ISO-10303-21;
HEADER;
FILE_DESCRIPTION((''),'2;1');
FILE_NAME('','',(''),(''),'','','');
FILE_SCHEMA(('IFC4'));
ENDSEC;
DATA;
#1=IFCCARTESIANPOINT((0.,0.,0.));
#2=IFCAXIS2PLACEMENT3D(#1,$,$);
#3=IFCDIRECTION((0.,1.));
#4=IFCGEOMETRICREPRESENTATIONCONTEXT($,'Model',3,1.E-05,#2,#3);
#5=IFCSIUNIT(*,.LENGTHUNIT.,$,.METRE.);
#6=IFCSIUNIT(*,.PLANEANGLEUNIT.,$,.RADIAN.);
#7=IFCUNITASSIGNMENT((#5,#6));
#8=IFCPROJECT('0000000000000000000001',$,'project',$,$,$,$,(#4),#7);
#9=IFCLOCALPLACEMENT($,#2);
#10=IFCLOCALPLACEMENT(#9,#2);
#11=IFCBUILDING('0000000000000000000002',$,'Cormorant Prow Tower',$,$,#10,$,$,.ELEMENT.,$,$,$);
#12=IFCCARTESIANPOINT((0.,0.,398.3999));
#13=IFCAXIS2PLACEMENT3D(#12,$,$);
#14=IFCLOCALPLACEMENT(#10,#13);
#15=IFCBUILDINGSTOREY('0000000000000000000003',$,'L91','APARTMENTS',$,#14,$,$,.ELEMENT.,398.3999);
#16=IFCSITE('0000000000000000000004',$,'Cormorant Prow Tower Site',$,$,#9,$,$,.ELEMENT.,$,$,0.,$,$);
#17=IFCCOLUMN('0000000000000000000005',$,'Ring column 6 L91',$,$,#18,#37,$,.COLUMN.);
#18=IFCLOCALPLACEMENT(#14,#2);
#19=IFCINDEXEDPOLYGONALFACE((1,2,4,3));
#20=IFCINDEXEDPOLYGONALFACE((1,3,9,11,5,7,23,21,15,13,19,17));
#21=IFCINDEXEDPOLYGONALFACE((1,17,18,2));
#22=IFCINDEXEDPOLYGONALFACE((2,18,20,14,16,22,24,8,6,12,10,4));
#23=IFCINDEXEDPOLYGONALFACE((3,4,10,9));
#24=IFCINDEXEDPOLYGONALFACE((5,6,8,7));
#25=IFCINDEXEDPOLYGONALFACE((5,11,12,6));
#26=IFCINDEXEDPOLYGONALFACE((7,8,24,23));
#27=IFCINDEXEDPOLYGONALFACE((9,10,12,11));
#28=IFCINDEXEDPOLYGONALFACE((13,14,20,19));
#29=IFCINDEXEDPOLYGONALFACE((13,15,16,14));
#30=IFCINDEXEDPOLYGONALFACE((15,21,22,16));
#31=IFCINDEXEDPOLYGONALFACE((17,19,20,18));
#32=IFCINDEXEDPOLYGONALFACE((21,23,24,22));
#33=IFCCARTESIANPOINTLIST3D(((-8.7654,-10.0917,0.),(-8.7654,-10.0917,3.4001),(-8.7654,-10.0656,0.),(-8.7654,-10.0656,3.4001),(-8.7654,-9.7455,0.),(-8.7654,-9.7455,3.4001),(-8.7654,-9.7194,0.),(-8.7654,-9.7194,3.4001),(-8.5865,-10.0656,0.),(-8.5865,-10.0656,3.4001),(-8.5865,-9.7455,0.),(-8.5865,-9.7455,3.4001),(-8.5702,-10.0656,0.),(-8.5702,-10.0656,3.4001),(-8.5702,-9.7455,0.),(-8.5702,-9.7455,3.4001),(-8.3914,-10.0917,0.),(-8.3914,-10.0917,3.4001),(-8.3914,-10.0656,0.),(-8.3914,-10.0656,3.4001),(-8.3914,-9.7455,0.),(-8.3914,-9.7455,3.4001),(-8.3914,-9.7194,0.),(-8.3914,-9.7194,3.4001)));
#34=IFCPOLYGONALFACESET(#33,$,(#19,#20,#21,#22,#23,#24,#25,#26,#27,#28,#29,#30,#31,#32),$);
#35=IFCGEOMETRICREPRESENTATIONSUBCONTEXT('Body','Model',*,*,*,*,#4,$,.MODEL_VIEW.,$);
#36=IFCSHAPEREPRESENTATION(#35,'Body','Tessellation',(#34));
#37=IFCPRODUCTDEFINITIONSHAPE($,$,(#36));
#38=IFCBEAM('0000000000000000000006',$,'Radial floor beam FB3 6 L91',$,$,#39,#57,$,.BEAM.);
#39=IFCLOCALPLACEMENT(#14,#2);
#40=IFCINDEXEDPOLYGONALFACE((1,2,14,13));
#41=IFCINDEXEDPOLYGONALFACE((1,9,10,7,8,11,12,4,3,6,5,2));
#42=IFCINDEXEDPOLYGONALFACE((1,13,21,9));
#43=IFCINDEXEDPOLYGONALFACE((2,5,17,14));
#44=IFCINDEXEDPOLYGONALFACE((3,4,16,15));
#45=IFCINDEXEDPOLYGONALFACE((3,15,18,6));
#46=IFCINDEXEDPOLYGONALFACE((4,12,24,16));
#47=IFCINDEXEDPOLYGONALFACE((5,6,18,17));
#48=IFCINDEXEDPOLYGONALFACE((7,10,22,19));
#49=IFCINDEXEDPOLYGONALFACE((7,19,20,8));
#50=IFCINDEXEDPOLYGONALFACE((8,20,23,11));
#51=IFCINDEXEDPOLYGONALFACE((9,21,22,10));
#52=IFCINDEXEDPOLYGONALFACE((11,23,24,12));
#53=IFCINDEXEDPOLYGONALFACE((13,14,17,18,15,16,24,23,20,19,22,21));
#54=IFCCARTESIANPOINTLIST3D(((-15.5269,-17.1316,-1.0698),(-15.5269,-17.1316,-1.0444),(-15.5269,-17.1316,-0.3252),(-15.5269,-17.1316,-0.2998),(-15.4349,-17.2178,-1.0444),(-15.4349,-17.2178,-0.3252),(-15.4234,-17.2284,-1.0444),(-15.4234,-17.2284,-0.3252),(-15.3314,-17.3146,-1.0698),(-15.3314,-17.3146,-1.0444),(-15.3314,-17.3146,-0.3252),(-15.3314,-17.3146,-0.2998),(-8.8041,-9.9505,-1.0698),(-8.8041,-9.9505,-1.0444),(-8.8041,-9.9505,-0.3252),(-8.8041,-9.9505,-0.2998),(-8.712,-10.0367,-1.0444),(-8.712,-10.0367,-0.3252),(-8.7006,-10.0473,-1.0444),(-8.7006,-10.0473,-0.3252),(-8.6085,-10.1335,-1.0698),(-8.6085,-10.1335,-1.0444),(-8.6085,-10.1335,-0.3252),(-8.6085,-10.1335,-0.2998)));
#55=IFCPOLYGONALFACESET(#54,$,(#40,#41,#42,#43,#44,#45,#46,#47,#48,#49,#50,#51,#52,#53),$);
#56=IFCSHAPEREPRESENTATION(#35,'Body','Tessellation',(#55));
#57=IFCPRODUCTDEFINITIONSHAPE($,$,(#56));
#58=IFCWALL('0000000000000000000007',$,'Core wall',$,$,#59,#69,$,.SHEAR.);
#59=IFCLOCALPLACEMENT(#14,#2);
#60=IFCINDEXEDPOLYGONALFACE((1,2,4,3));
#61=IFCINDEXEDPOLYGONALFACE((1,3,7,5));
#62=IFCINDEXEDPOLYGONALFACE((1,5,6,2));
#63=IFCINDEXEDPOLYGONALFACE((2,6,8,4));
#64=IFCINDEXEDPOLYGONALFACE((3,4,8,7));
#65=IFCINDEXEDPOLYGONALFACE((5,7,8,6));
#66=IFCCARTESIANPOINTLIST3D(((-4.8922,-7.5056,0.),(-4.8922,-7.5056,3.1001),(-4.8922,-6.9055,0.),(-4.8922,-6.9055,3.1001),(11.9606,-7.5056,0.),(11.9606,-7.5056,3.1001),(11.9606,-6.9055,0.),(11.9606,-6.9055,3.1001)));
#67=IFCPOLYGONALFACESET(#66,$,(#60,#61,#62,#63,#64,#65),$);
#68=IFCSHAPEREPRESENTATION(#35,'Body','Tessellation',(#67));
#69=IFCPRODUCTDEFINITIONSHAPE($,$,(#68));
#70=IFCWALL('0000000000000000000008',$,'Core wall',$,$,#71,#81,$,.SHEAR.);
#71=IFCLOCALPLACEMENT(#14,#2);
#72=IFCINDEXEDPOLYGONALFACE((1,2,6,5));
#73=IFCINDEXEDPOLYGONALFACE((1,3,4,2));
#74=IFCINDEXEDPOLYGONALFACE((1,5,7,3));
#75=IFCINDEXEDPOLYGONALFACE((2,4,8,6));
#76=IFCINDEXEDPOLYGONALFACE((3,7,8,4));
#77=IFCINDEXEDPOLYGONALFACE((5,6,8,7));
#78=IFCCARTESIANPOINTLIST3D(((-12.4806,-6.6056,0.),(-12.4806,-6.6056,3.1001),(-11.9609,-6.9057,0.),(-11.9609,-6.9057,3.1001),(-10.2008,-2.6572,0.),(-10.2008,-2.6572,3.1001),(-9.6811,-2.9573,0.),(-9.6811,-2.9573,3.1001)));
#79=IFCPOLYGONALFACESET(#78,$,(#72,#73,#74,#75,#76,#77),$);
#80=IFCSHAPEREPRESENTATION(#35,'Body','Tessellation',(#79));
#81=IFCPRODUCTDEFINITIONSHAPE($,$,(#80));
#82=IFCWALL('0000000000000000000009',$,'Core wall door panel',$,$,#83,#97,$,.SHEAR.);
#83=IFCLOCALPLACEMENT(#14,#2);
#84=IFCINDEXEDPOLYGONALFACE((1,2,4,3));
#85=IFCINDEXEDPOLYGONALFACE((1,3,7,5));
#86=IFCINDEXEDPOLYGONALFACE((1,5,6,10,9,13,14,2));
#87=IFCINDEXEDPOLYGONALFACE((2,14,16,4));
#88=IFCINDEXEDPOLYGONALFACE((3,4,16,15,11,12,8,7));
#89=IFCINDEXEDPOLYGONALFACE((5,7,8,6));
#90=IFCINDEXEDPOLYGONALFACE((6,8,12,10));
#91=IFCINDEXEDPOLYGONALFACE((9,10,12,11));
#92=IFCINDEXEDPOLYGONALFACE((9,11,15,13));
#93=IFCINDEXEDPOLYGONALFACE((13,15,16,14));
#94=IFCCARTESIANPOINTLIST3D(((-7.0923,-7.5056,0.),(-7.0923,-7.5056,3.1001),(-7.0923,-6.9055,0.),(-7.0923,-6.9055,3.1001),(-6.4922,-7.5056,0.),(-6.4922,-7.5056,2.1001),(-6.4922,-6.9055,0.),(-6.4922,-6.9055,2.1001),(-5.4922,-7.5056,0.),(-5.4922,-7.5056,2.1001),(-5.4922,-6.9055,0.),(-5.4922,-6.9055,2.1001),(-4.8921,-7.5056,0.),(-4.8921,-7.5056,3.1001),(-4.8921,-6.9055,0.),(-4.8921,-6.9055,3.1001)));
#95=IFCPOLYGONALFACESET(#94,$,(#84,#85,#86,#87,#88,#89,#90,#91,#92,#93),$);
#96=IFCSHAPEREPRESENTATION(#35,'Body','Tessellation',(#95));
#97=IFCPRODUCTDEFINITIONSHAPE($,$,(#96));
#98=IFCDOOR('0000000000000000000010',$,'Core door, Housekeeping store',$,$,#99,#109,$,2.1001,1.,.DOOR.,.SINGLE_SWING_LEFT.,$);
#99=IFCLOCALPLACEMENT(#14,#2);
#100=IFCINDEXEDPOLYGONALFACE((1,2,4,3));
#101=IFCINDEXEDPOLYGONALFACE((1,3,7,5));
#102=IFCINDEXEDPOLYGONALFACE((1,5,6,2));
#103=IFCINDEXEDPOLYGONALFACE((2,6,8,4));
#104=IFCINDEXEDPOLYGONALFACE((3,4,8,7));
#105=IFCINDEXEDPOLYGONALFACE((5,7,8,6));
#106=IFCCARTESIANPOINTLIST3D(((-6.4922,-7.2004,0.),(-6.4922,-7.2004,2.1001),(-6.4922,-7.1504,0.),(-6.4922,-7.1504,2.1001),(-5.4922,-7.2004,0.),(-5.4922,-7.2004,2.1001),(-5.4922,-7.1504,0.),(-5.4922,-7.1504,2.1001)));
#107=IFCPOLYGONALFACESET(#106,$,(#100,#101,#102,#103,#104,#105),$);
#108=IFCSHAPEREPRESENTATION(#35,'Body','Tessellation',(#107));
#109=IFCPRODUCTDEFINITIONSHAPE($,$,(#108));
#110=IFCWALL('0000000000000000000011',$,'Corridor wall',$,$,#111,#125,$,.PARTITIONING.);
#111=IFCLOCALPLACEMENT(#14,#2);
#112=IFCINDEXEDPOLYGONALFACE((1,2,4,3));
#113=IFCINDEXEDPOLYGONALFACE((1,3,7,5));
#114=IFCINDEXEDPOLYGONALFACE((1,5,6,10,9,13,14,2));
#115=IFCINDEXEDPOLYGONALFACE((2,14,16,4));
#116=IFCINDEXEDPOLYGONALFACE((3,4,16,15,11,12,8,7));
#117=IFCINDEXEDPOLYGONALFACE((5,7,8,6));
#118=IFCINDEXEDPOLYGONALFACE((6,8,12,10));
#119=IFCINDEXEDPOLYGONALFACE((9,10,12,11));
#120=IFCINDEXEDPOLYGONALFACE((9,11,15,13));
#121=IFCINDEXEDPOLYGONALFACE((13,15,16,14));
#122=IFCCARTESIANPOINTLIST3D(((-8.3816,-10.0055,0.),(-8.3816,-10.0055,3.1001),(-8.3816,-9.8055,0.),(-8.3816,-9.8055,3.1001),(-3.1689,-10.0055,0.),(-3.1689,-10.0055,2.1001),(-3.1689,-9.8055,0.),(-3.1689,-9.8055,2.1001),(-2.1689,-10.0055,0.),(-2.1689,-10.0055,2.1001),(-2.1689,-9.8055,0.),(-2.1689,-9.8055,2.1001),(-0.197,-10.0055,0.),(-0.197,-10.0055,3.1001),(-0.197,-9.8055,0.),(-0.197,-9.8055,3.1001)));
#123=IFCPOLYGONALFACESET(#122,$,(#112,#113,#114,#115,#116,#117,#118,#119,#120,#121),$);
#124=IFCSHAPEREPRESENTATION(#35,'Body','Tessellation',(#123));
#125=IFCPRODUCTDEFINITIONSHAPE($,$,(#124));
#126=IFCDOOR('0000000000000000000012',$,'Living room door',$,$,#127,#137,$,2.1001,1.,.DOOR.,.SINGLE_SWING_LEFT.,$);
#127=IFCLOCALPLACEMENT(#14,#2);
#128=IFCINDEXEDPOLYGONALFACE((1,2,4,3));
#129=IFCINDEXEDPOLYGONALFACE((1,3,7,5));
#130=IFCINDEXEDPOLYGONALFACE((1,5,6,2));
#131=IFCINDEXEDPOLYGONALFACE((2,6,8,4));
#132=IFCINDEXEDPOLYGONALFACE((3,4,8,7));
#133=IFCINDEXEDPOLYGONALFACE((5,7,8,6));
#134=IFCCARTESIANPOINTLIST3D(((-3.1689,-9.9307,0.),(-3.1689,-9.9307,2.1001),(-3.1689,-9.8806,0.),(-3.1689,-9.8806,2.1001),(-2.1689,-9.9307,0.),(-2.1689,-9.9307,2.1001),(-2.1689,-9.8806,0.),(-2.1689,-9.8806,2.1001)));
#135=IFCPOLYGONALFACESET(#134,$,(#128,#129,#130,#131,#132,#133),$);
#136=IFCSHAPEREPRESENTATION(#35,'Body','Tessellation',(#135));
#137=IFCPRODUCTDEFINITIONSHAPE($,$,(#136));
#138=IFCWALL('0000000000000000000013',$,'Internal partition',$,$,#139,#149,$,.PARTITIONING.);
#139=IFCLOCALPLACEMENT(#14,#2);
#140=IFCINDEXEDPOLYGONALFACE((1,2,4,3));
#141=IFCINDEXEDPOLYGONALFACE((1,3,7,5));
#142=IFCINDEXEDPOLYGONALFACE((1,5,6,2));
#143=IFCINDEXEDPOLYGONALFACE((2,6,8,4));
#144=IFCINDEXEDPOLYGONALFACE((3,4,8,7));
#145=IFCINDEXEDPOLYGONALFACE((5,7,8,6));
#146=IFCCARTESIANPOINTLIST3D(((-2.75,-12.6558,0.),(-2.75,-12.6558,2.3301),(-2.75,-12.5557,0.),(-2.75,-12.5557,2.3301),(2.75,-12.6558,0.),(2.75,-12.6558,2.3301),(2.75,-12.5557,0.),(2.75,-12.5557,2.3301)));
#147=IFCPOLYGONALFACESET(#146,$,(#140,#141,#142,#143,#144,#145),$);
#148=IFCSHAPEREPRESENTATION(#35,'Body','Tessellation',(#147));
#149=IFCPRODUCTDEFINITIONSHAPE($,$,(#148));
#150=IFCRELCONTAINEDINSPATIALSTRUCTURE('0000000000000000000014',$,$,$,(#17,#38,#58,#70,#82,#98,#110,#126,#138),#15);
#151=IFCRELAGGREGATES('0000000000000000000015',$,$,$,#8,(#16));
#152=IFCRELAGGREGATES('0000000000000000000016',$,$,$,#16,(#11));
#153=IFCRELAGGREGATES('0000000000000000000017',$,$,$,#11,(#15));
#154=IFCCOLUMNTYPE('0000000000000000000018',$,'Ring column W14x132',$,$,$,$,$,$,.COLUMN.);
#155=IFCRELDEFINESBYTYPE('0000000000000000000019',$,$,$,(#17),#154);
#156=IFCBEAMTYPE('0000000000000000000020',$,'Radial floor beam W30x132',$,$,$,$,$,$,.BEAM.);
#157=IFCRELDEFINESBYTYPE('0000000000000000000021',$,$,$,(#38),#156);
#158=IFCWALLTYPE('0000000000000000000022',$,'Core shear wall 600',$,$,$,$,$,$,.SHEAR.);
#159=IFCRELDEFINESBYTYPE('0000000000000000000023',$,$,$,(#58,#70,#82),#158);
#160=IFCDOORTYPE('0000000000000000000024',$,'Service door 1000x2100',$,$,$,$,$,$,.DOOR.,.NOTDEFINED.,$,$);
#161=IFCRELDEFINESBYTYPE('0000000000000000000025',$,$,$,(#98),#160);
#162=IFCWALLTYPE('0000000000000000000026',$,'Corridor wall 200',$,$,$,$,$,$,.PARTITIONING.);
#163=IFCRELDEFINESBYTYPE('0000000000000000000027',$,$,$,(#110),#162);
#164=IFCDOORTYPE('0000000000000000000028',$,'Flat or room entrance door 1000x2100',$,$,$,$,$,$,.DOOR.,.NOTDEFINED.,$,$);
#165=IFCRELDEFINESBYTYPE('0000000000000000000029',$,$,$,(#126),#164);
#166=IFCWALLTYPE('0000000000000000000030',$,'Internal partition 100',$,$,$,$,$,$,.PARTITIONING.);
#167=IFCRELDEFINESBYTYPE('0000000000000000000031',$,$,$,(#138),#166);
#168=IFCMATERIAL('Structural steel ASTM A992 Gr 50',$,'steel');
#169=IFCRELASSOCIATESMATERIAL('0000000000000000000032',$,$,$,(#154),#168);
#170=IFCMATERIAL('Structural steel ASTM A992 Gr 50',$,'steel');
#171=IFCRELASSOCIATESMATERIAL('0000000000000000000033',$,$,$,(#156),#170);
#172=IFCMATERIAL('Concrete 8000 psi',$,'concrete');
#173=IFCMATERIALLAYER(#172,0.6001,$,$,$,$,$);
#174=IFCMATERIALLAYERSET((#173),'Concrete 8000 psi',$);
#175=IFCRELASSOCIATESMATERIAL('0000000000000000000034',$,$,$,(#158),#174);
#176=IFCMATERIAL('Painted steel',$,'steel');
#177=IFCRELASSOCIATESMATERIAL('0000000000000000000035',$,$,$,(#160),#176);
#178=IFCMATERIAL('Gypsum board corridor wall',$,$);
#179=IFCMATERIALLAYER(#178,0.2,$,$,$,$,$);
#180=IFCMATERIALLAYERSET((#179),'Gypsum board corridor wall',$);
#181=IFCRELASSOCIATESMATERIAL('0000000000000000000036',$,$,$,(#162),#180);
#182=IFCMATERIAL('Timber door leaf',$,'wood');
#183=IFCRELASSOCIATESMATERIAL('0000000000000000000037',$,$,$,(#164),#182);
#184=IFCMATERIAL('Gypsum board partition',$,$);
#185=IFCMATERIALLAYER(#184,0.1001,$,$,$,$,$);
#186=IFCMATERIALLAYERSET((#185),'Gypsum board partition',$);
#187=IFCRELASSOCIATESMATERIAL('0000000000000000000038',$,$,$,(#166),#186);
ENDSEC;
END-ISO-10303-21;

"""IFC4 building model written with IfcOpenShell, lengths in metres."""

from ifc_helpers import new_model, si_unit, direction, frame, frame_2d, origin, origin_2d, place, context, subcontext, project, spatial, rectangle, i_section, extrude, material, layer, layer_set, material_profile, profile_set, type_object, element, fill, save


model = new_model("IFC4")

# Units and contexts
model_context = context("Model", 3, precision=1e-05, world=origin(), true_north=direction((0.0, 1.0)))
body_context = subcontext(model_context, "Body", "Model", "MODEL_VIEW")
ifc_project = project(units=[si_unit("LENGTHUNIT", "METRE"), si_unit("PLANEANGLEUNIT", "RADIAN")], contexts=[model_context])

# Site, building, storey
site_placement = place(None, origin())
site = spatial("IfcSite", under=ifc_project, at=site_placement, Name="Cormorant Prow Tower Site", CompositionType="ELEMENT", RefElevation=0.0)
building_placement = place(site_placement, origin())
building = spatial("IfcBuilding", under=site, at=building_placement, Name="Cormorant Prow Tower", CompositionType="ELEMENT")
storey_placement = place(building_placement, frame((0.0, 0.0, 398.3999)))
storey = spatial("IfcBuildingStorey", under=building, at=storey_placement, Name="L91", Description="APARTMENTS", CompositionType="ELEMENT", Elevation=398.3999)

# Column
ifc_material_1 = material(Name="Structural steel ASTM A992 Gr 50", Category="steel")
ifc_material_profile_1 = material_profile(ifc_material_1, i_section(OverallWidth=0.374, OverallDepth=0.3723, WebThickness=0.0164, FlangeThickness=0.0261, at=origin_2d()), Name="W14x132")
ifc_profile_set_1 = profile_set([ifc_material_profile_1], Name="Structural steel ASTM A992 Gr 50")
column_type = type_object("IfcColumnType", Name="Ring column W14x132", PredefinedType="COLUMN", material=ifc_profile_set_1)
column_placement = place(storey_placement, frame((-8.5784, -9.9055, 0.0), z_axis=(0.0, 0.0, 1.0), x_axis=(1.0, 0.0, 0.0)))
element("IfcColumn", 1, at=column_placement, inside=storey, type_object=column_type, Name="Ring column 6 L91", PredefinedType="COLUMN", context=body_context, shape_type="SweptSolid", body=[
    extrude(i_section(OverallWidth=0.374, OverallDepth=0.3723, WebThickness=0.0164, FlangeThickness=0.0261, at=origin_2d()), origin(), (0.0, 0.0, 1.0), 3.4001),
])

# Beam
ifc_material_2 = material(Name="Structural steel ASTM A992 Gr 50", Category="steel")
ifc_material_profile_2 = material_profile(ifc_material_2, i_section(OverallWidth=0.2678, OverallDepth=0.77, WebThickness=0.0156, FlangeThickness=0.0254, at=origin_2d()), Name="W30x132")
ifc_profile_set_2 = profile_set([ifc_material_profile_2], Name="Structural steel ASTM A992 Gr 50")
beam_type = type_object("IfcBeamType", Name="Radial floor beam W30x132", PredefinedType="BEAM", material=ifc_profile_set_2)
beam_placement = place(storey_placement, frame((-8.7063, -10.042, -0.6848), z_axis=(-0.683431, -0.730015, 0.0), x_axis=(0.730015, -0.683431, 0.0)))
element("IfcBeam", 2, at=beam_placement, inside=storey, type_object=beam_type, Name="Radial floor beam FB3 6 L91", PredefinedType="BEAM", context=body_context, shape_type="SweptSolid", body=[
    extrude(i_section(OverallWidth=0.2678, OverallDepth=0.77, WebThickness=0.0156, FlangeThickness=0.0254, at=origin_2d()), origin(), (0.0, 0.0, 1.0), 9.8369),
])

# Walls
ifc_material_3 = material(Name="Concrete 8000 psi", Category="concrete")
ifc_layer_1 = layer(ifc_material_3, 0.6001)
ifc_layer_set_1 = layer_set([ifc_layer_1], Name="Concrete 8000 psi")
wall_type_1 = type_object("IfcWallType", Name="Core shear wall 600", PredefinedType="SHEAR", material=ifc_layer_set_1)
wall_1_placement = place(storey_placement, frame((-4.8921, -7.2056, 0.0), z_axis=(0.0, 0.0, 1.0), x_axis=(1.0, 0.0, 0.0)))
element("IfcWall", 3, at=wall_1_placement, inside=storey, type_object=wall_type_1, Name="Core wall", PredefinedType="SHEAR", context=body_context, shape_type="SweptSolid", body=[
    extrude(rectangle(XDim=16.8528, YDim=0.6001, at=frame_2d((8.4263, 0.0))), origin(), (0.0, 0.0, 1.0), 3.1001),
])
wall_2_placement = place(storey_placement, frame((-9.9409, -2.8071, 0.0), z_axis=(0.0, 0.0, 1.0), x_axis=(-0.500021, -0.866013, 0.0)))
element("IfcWall", 4, at=wall_2_placement, inside=storey, type_object=wall_type_1, Name="Core wall", PredefinedType="SHEAR", context=body_context, shape_type="SweptSolid", body=[
    extrude(rectangle(XDim=4.5593, YDim=0.6001, at=frame_2d((2.2798, 0.0))), origin(), (0.0, 0.0, 1.0), 3.1001),
])

# Walls, openings, doors
wall_3_placement = place(storey_placement, frame((-7.0923, -7.2056, 0.0), z_axis=(0.0, 0.0, 1.0), x_axis=(1.0, 0.0, 0.0)))
wall_3 = element("IfcWall", 5, at=wall_3_placement, inside=storey, type_object=wall_type_1, Name="Core wall door panel", PredefinedType="SHEAR", context=body_context, shape_type="SweptSolid", body=[
    extrude(rectangle(XDim=2.2002, YDim=0.6001, at=frame_2d((1.1001, 0.0))), origin(), (0.0, 0.0, 1.0), 3.1001),
])
opening_1_placement = place(wall_3_placement, frame((0.6001, 0.0, 0.0)))
opening_1 = element("IfcOpeningElement", 6, at=opening_1_placement, cuts=wall_3, PredefinedType="OPENING", context=body_context, shape_type="SweptSolid", body=[
    extrude(rectangle(XDim=1.0, YDim=2.1001, at=frame_2d((0.5, 1.05))), frame((0.0, 0.3101, 0.0), z_axis=(0.0, -1.0, 0.0), x_axis=(1.0, 0.0, 0.0)), (0.0, 0.0, 1.0), 0.6201),
])
ifc_material_4 = material(Name="Painted steel", Category="steel")
door_type_1 = type_object("IfcDoorType", Name="Service door 1000x2100", OperationType="NOTDEFINED", PredefinedType="DOOR", material=ifc_material_4)
door_1_placement = place(opening_1_placement, origin())
door_1 = element("IfcDoor", 7, at=door_1_placement, inside=storey, type_object=door_type_1, Name="Core door, Housekeeping store", OperationType="SINGLE_SWING_LEFT", OverallHeight=2.1001, OverallWidth=1.0, PredefinedType="DOOR", context=body_context, shape_type="SweptSolid", body=[
    extrude(rectangle(XDim=1.0, YDim=2.1001, at=frame_2d((0.5, 1.05))), frame((0.0, 0.0552, 0.0), z_axis=(0.0, -1.0, 0.0), x_axis=(1.0, 0.0, 0.0)), (0.0, 0.0, 1.0), 0.05),
])
fill(opening_1, door_1)
ifc_material_5 = material(Name="Gypsum board corridor wall")
ifc_layer_2 = layer(ifc_material_5, 0.2)
ifc_layer_set_2 = layer_set([ifc_layer_2], Name="Gypsum board corridor wall")
wall_type_2 = type_object("IfcWallType", Name="Corridor wall 200", PredefinedType="PARTITIONING", material=ifc_layer_set_2)
wall_4_placement = place(storey_placement, frame((-8.3816, -9.9055, 0.0), z_axis=(0.0, 0.0, 1.0), x_axis=(1.0, 0.0, 0.0)))
wall_4 = element("IfcWall", 8, at=wall_4_placement, inside=storey, type_object=wall_type_2, Name="Corridor wall", PredefinedType="PARTITIONING", context=body_context, shape_type="SweptSolid", body=[
    extrude(rectangle(XDim=8.1846, YDim=0.2, at=frame_2d((4.0923, 0.0))), origin(), (0.0, 0.0, 1.0), 3.1001),
])
opening_2_placement = place(wall_4_placement, frame((5.2126, 0.0, 0.0)))
opening_2 = element("IfcOpeningElement", 9, at=opening_2_placement, cuts=wall_4, PredefinedType="OPENING", context=body_context, shape_type="SweptSolid", body=[
    extrude(rectangle(XDim=1.0, YDim=2.1001, at=frame_2d((0.5, 1.05))), frame((0.0, 0.1099, 0.0), z_axis=(0.0, -1.0, 0.0), x_axis=(1.0, 0.0, 0.0)), (0.0, 0.0, 1.0), 0.22),
])
ifc_material_6 = material(Name="Timber door leaf", Category="wood")
door_type_2 = type_object("IfcDoorType", Name="Flat or room entrance door 1000x2100", OperationType="NOTDEFINED", PredefinedType="DOOR", material=ifc_material_6)
door_2_placement = place(opening_2_placement, origin())
door_2 = element("IfcDoor", 10, at=door_2_placement, inside=storey, type_object=door_type_2, Name="Living room door", OperationType="SINGLE_SWING_LEFT", OverallHeight=2.1001, OverallWidth=1.0, PredefinedType="DOOR", context=body_context, shape_type="SweptSolid", body=[
    extrude(rectangle(XDim=1.0, YDim=2.1001, at=frame_2d((0.5, 1.05))), frame((0.0, 0.0249, 0.0), z_axis=(0.0, -1.0, 0.0), x_axis=(1.0, 0.0, 0.0)), (0.0, 0.0, 1.0), 0.05),
])
fill(opening_2, door_2)

# Wall
ifc_material_7 = material(Name="Gypsum board partition")
ifc_layer_3 = layer(ifc_material_7, 0.1001)
ifc_layer_set_3 = layer_set([ifc_layer_3], Name="Gypsum board partition")
wall_type_3 = type_object("IfcWallType", Name="Internal partition 100", PredefinedType="PARTITIONING", material=ifc_layer_set_3)
wall_5_placement = place(storey_placement, frame((-2.75, -12.6057, 0.0), z_axis=(0.0, 0.0, 1.0), x_axis=(1.0, 0.0, 0.0)))
element("IfcWall", 11, at=wall_5_placement, inside=storey, type_object=wall_type_3, Name="Internal partition", PredefinedType="PARTITIONING", context=body_context, shape_type="SweptSolid", body=[
    extrude(rectangle(XDim=5.5, YDim=0.1001, at=frame_2d((2.75, 0.0))), origin(), (0.0, 0.0, 1.0), 2.3301),
])

save(model, "model.ifc")
